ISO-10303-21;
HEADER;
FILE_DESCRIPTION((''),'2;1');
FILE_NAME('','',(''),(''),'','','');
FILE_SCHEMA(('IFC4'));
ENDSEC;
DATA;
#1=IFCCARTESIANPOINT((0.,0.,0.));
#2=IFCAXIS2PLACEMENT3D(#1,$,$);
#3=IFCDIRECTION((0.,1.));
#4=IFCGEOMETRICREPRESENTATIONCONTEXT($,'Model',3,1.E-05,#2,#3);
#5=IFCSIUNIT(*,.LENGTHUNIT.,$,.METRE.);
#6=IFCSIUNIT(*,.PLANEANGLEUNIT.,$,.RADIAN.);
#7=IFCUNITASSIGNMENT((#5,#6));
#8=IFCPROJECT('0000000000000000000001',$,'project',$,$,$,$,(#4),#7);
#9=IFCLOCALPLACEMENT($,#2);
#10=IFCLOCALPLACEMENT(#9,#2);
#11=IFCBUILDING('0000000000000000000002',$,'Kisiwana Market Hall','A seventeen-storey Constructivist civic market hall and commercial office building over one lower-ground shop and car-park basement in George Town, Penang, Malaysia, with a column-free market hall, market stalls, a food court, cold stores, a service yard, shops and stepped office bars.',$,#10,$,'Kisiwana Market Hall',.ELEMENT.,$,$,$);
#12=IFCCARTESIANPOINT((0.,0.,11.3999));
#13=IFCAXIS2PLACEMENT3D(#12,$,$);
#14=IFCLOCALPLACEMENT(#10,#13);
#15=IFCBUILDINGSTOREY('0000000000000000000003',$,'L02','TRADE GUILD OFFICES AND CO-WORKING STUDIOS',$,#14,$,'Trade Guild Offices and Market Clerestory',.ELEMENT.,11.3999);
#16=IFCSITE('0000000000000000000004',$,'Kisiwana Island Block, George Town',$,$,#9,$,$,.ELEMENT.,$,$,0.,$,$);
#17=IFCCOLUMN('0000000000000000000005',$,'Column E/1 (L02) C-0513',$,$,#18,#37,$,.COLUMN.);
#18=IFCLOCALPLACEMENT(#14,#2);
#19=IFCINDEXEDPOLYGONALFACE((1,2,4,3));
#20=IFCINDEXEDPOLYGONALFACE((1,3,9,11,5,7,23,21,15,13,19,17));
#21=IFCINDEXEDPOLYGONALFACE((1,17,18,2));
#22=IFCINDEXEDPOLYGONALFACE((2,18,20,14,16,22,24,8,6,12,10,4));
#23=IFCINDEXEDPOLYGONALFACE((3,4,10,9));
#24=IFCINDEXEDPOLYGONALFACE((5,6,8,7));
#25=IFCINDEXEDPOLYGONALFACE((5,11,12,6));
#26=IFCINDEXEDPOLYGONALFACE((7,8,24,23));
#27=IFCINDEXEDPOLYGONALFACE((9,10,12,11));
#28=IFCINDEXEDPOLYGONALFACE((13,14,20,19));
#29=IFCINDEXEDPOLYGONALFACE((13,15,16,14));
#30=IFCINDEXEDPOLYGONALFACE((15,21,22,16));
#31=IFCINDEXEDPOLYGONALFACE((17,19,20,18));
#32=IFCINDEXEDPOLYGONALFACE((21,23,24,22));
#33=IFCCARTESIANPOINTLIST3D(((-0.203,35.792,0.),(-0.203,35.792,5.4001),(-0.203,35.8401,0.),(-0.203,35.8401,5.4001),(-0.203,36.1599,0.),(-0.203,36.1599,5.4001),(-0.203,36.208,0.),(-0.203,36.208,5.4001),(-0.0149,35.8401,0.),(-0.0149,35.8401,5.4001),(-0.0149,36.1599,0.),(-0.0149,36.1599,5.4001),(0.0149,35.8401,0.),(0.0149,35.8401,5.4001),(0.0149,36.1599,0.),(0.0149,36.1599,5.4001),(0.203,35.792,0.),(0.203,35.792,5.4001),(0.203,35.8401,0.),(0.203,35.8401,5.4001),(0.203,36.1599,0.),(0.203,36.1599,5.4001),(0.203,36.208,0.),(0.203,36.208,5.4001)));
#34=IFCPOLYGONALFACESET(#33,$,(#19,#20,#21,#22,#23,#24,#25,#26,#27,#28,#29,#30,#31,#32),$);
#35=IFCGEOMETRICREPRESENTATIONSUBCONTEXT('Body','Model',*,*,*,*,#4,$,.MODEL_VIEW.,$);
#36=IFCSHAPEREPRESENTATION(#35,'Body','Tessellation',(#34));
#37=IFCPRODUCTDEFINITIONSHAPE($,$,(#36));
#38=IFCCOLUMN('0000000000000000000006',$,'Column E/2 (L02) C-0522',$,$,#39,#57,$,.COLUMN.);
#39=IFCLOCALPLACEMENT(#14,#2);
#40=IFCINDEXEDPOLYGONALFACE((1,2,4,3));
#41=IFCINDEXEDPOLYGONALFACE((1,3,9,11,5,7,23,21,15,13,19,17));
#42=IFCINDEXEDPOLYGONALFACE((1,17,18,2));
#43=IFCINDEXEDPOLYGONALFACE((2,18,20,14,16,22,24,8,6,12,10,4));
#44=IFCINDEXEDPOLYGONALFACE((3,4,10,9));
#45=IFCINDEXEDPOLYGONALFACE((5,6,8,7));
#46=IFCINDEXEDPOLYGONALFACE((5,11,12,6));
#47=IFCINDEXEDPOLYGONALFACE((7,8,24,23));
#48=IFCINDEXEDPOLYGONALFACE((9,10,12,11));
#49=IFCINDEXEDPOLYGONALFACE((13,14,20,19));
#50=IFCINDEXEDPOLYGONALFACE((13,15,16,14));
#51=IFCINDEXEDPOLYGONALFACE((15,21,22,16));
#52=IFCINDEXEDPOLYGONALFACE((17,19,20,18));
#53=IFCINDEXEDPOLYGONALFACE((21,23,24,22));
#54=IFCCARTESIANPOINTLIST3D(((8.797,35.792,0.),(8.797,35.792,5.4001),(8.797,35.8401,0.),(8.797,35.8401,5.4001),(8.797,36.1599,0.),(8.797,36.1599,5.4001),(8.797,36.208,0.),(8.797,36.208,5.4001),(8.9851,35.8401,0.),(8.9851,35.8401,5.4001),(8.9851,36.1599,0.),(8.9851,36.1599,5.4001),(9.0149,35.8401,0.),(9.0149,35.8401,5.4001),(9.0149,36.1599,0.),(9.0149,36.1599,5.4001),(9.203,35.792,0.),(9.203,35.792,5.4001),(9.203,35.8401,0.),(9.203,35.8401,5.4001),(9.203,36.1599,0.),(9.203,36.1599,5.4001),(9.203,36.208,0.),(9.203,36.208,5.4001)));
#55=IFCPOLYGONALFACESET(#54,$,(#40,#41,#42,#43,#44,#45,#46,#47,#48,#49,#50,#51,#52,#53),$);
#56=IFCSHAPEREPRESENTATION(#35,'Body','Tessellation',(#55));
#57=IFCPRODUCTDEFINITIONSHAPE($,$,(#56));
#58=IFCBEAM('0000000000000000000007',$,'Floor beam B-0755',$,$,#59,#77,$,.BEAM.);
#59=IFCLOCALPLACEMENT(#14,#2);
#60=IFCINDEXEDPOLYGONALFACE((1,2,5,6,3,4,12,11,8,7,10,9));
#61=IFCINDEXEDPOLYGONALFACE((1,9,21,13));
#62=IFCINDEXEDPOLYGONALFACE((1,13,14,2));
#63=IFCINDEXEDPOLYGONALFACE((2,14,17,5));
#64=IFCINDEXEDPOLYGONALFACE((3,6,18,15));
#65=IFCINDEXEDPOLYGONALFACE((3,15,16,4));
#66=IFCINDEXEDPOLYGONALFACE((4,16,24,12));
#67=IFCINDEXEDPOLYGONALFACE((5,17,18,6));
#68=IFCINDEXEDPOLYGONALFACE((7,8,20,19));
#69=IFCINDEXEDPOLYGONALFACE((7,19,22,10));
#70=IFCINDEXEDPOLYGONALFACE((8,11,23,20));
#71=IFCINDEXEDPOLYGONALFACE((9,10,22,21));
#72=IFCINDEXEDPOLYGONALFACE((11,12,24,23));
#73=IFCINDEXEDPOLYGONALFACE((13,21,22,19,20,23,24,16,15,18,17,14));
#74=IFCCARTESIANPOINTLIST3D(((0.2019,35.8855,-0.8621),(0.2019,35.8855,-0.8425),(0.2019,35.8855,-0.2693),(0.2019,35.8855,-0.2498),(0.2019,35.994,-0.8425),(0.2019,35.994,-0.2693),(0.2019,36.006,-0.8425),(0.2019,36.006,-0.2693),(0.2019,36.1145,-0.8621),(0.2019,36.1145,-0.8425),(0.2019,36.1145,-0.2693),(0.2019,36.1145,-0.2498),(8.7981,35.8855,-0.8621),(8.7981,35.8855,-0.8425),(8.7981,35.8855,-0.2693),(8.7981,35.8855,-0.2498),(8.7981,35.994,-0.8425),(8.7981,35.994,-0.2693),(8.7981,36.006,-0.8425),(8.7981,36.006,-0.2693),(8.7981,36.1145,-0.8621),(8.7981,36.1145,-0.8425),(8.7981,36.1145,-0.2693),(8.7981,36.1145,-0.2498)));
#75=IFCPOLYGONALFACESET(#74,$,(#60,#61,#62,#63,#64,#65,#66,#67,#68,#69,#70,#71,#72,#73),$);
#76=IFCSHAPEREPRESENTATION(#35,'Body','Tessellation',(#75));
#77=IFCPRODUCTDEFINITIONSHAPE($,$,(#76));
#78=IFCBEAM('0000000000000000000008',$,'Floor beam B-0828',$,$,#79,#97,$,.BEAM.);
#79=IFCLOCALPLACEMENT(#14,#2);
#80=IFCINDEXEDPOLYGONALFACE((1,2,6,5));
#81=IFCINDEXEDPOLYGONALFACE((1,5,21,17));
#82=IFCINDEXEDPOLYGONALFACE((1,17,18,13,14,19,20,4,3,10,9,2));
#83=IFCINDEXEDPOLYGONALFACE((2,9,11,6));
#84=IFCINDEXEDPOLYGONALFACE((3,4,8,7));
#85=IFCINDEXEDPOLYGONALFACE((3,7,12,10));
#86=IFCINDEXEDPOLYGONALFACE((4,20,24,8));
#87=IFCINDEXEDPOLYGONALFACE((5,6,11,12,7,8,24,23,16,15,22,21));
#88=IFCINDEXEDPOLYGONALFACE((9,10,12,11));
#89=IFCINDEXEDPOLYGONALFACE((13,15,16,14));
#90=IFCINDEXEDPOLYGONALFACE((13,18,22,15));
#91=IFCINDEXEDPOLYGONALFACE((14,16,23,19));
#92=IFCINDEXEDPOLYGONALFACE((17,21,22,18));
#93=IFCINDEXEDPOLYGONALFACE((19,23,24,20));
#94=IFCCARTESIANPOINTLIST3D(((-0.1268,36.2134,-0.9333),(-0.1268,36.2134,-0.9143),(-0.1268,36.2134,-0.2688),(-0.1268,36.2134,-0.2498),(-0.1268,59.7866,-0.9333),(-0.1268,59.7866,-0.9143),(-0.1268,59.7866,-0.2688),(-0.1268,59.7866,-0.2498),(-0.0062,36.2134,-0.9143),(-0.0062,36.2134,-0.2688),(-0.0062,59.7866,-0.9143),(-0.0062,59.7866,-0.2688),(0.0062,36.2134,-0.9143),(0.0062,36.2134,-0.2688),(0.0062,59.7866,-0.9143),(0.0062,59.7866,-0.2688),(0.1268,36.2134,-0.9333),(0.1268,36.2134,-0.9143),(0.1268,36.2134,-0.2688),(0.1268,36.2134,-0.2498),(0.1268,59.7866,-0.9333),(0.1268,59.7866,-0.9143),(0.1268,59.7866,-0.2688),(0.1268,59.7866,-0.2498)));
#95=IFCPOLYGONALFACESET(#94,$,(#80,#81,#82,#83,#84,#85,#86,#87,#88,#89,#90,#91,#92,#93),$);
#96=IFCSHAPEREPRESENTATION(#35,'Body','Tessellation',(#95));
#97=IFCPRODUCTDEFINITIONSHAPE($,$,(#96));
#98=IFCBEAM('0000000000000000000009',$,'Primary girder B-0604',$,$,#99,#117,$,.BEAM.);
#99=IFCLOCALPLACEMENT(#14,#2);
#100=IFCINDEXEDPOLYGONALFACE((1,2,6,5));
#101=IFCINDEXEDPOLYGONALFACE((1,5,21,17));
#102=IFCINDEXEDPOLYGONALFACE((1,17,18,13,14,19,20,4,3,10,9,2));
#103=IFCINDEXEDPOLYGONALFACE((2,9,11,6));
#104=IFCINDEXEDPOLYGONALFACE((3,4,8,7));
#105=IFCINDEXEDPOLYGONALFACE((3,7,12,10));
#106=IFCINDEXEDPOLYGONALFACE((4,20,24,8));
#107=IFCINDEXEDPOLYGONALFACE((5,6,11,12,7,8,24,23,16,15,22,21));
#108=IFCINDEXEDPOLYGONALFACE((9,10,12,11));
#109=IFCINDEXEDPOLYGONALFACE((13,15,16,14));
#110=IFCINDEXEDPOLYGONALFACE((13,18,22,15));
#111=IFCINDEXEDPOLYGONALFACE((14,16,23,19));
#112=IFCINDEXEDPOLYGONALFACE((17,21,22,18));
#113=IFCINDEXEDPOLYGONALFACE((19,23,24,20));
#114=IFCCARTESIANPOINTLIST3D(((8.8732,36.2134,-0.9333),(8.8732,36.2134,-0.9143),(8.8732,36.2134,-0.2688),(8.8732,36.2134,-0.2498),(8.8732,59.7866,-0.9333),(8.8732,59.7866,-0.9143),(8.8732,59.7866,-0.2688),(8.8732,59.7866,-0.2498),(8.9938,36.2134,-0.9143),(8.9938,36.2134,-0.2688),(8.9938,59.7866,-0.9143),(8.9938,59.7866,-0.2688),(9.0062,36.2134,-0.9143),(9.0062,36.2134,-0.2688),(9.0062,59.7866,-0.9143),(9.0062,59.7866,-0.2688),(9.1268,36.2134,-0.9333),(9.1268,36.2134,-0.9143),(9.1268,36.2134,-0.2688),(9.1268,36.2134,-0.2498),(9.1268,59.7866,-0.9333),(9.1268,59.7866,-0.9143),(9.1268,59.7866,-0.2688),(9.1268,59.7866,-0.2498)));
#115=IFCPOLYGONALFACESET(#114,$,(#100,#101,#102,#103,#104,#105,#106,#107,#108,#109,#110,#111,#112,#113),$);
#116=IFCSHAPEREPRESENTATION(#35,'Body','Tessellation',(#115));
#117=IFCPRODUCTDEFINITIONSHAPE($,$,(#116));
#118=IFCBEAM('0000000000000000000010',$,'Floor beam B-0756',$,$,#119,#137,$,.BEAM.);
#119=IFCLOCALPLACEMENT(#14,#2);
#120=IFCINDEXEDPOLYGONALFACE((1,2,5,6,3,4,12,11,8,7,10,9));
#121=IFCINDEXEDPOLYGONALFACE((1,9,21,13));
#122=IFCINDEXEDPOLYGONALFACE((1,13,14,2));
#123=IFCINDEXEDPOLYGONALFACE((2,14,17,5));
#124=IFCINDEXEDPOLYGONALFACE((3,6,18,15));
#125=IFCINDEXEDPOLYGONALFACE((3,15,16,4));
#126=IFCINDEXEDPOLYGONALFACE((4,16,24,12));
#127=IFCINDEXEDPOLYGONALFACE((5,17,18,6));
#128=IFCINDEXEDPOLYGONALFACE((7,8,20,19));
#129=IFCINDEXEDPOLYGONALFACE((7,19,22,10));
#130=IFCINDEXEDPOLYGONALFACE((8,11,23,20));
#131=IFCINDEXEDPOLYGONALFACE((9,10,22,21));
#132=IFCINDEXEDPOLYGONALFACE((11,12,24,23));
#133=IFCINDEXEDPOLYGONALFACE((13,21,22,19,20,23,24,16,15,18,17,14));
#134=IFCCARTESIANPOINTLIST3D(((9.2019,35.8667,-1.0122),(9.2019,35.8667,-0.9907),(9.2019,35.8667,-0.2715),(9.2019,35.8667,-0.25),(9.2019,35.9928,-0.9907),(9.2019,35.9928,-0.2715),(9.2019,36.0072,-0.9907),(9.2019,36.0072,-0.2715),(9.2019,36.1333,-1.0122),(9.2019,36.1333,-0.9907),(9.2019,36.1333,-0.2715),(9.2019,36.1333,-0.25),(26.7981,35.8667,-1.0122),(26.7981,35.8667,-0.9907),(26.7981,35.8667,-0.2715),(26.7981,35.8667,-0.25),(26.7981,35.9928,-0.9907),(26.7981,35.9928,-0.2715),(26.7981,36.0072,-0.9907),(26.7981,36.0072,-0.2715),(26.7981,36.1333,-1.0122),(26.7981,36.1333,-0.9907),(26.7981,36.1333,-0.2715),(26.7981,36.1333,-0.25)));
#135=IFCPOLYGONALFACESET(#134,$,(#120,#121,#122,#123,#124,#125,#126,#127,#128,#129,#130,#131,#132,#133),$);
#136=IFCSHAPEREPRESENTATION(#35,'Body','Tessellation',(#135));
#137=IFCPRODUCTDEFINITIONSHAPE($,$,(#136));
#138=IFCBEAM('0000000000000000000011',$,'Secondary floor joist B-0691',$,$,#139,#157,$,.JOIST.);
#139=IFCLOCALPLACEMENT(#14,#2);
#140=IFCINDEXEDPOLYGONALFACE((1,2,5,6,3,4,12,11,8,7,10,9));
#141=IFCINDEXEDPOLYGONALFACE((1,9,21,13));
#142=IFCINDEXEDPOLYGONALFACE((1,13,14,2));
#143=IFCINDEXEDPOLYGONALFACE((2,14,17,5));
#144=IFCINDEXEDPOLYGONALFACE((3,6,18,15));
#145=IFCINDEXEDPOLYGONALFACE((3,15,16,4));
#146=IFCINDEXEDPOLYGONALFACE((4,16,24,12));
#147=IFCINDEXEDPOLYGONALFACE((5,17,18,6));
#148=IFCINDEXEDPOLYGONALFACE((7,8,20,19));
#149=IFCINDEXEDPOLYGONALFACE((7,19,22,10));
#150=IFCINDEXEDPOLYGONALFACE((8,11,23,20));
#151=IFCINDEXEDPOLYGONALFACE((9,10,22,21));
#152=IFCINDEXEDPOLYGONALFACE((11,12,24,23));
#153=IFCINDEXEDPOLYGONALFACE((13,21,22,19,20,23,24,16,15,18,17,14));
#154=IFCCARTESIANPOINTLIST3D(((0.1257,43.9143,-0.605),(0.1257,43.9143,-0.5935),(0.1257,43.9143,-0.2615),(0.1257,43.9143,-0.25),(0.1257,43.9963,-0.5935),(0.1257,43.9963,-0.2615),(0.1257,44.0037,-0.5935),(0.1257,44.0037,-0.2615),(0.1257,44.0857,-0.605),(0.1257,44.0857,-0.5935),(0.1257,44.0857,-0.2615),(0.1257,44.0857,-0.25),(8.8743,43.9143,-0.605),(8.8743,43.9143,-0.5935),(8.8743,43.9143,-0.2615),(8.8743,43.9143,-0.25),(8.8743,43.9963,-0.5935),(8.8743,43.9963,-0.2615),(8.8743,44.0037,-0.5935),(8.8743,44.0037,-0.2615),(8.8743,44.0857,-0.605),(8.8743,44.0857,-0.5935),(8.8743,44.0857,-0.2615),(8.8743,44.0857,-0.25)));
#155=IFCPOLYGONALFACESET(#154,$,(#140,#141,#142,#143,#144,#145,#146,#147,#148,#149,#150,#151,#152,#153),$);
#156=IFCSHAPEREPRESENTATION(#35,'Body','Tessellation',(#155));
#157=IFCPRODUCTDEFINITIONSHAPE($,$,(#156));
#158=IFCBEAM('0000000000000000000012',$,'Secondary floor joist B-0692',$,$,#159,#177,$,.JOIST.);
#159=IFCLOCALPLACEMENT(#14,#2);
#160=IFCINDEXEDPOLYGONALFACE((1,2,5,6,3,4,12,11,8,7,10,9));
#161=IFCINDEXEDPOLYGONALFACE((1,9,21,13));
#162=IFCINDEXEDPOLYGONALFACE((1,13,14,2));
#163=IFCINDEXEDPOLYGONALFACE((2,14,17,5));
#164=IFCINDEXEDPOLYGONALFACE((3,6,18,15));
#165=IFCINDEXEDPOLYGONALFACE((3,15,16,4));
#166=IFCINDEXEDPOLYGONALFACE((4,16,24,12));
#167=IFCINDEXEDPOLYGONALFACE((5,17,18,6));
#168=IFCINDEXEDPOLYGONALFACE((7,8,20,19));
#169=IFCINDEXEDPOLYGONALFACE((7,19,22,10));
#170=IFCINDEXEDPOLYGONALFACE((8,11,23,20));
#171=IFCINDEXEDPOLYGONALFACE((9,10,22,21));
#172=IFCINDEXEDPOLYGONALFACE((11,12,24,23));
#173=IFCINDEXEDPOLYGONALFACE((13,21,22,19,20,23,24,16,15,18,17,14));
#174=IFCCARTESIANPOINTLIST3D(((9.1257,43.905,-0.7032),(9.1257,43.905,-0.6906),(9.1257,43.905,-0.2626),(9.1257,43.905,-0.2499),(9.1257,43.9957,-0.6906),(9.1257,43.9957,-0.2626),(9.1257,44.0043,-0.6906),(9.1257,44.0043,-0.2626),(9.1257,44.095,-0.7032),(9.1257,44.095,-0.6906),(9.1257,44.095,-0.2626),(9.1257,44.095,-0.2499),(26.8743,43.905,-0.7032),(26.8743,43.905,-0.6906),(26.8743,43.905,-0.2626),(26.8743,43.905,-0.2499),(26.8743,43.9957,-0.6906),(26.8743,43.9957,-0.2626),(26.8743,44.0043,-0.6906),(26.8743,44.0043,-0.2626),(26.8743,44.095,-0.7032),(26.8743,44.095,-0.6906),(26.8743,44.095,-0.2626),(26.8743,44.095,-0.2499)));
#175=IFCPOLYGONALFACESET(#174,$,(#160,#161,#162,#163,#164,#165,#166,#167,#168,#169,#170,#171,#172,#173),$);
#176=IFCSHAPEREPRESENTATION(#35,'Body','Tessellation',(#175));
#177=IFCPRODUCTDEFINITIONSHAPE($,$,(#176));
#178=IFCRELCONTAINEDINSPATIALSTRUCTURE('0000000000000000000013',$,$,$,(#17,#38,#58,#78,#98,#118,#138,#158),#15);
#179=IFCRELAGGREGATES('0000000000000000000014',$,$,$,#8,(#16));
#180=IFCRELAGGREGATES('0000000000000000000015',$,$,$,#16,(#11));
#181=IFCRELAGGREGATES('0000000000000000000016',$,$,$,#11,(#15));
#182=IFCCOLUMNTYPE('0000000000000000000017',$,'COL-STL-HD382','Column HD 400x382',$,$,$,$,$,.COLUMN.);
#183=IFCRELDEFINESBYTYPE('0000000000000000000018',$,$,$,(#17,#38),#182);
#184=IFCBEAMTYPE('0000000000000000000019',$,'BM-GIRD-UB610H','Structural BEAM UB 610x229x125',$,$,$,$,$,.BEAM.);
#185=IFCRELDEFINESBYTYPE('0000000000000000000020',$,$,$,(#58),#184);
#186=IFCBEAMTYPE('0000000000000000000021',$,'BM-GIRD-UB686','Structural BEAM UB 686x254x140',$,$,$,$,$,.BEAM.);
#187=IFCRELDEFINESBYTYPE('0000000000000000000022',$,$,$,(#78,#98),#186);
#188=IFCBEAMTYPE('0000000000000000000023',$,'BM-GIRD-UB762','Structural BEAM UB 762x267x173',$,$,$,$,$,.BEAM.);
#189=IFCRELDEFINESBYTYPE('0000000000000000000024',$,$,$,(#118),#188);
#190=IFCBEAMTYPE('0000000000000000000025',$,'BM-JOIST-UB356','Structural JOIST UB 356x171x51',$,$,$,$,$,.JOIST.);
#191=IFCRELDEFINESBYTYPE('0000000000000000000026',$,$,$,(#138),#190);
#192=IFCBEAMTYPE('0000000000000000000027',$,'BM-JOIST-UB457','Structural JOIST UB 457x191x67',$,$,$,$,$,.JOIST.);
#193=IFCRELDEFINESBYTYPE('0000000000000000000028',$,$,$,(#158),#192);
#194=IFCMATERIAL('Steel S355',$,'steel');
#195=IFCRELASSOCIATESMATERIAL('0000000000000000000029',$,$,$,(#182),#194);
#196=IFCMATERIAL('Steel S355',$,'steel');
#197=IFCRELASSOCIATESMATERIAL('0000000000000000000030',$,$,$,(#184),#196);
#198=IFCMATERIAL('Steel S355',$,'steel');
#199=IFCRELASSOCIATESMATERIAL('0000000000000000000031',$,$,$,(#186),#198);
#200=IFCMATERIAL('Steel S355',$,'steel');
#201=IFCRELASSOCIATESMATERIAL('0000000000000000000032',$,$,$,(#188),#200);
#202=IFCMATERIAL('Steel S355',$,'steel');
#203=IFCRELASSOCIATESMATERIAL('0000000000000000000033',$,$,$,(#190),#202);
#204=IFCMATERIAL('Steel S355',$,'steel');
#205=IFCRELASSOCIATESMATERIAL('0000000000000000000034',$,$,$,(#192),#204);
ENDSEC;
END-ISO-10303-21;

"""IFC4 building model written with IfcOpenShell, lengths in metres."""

from ifc_helpers import new_model, si_unit, direction, frame, origin, origin_2d, place, context, subcontext, project, spatial, i_section, extrude, material, material_profile, profile_set, type_object, element, save


model = new_model("IFC4")

# Units and contexts
model_context = context("Model", 3, precision=1e-05, world=origin(), true_north=direction((0.0, 1.0)))
body_context = subcontext(model_context, "Body", "Model", "MODEL_VIEW")
ifc_project = project(units=[si_unit("LENGTHUNIT", "METRE"), si_unit("PLANEANGLEUNIT", "RADIAN")], contexts=[model_context])

# Site, building, storey
site_placement = place(None, origin())
site = spatial("IfcSite", under=ifc_project, at=site_placement, Name="Kisiwana Island Block, George Town", CompositionType="ELEMENT", RefElevation=0.0)
building_placement = place(site_placement, origin())
building = spatial("IfcBuilding", under=site, at=building_placement, Name="Kisiwana Market Hall", Description="A seventeen-storey Constructivist civic market hall and commercial office building over one lower-ground shop and car-park basement in George Town, Penang, Malaysia, with a column-free market hall, market stalls, a food court, cold stores, a service yard, shops and stepped office bars.", LongName="Kisiwana Market Hall", CompositionType="ELEMENT")
storey_placement = place(building_placement, frame((0.0, 0.0, 11.3999)))
storey = spatial("IfcBuildingStorey", under=building, at=storey_placement, Name="L02", Description="TRADE GUILD OFFICES AND CO-WORKING STUDIOS", LongName="Trade Guild Offices and Market Clerestory", CompositionType="ELEMENT", Elevation=11.3999)

# Columns
ifc_material_1 = material(Name="Steel S355", Category="steel")
ifc_material_profile_1 = material_profile(ifc_material_1, i_section(OverallWidth=0.406, OverallDepth=0.416, WebThickness=0.0298, FlangeThickness=0.0481, at=origin_2d()), Name="HD 400x382")
ifc_profile_set_1 = profile_set([ifc_material_profile_1], Name="Steel S355")
column_type = type_object("IfcColumnType", Name="COL-STL-HD382", Description="Column HD 400x382", PredefinedType="COLUMN", material=ifc_profile_set_1)
for number, where, z_axis, x_axis, name in (
    (1, (0.0, 36.0, 0.0), (0.0, 0.0, 1.0), (1.0, 0.0, 0.0), "Column E/1 (L02) C-0513"),
    (2, (9.0, 36.0, 0.0), (0.0, 0.0, 1.0), (1.0, 0.0, 0.0), "Column E/2 (L02) C-0522"),
):
    element("IfcColumn", number, at=place(storey_placement, frame(where, z_axis=z_axis, x_axis=x_axis)), inside=storey, type_object=column_type, Name=name, PredefinedType="COLUMN", context=body_context, shape_type="SweptSolid", body=[
        extrude(i_section(OverallWidth=0.406, OverallDepth=0.416, WebThickness=0.0298, FlangeThickness=0.0481, at=origin_2d()), origin(), (0.0, 0.0, 1.0), 5.4001),
    ])

# Beams
ifc_material_2 = material(Name="Steel S355", Category="steel")
ifc_material_profile_2 = material_profile(ifc_material_2, i_section(OverallWidth=0.229, OverallDepth=0.6123, WebThickness=0.012, FlangeThickness=0.0195, at=origin_2d()), Name="UB 610x229x125")
ifc_profile_set_2 = profile_set([ifc_material_profile_2], Name="Steel S355")
beam_type_1 = type_object("IfcBeamType", Name="BM-GIRD-UB610H", Description="Structural BEAM UB 610x229x125", PredefinedType="BEAM", material=ifc_profile_set_2)
beam_1_placement = place(storey_placement, frame((0.2019, 36.0, -0.5559), z_axis=(1.0, 0.0, 0.0), x_axis=(0.0, 1.0, 0.0)))
element("IfcBeam", 3, at=beam_1_placement, inside=storey, type_object=beam_type_1, Name="Floor beam B-0755", PredefinedType="BEAM", context=body_context, shape_type="SweptSolid", body=[
    extrude(i_section(OverallWidth=0.229, OverallDepth=0.6123, WebThickness=0.012, FlangeThickness=0.0195, at=origin_2d()), origin(), (0.0, 0.0, 1.0), 8.5962),
])
ifc_material_3 = material(Name="Steel S355", Category="steel")
ifc_material_profile_3 = material_profile(ifc_material_3, i_section(OverallWidth=0.2537, OverallDepth=0.6836, WebThickness=0.0125, FlangeThickness=0.019, at=origin_2d()), Name="UB 686x254x140")
ifc_profile_set_3 = profile_set([ifc_material_profile_3], Name="Steel S355")
beam_type_2 = type_object("IfcBeamType", Name="BM-GIRD-UB686", Description="Structural BEAM UB 686x254x140", PredefinedType="BEAM", material=ifc_profile_set_3)
for number, where, z_axis, x_axis, name in (
    (4, (0.0, 36.2134, -0.5916), (0.0, 1.0, 0.0), (-1.0, 0.0, 0.0), "Floor beam B-0828"),
    (5, (9.0, 36.2134, -0.5916), (0.0, 1.0, 0.0), (-1.0, 0.0, 0.0), "Primary girder B-0604"),
):
    element("IfcBeam", number, at=place(storey_placement, frame(where, z_axis=z_axis, x_axis=x_axis)), inside=storey, type_object=beam_type_2, Name=name, PredefinedType="BEAM", context=body_context, shape_type="SweptSolid", body=[
        extrude(i_section(OverallWidth=0.2537, OverallDepth=0.6836, WebThickness=0.0125, FlangeThickness=0.019, at=origin_2d()), origin(), (0.0, 0.0, 1.0), 23.5732),
    ])
ifc_material_4 = material(Name="Steel S355", Category="steel")
ifc_material_profile_4 = material_profile(ifc_material_4, i_section(OverallWidth=0.2666, OverallDepth=0.7622, WebThickness=0.0144, FlangeThickness=0.0215, at=origin_2d()), Name="UB 762x267x173")
ifc_profile_set_4 = profile_set([ifc_material_profile_4], Name="Steel S355")
beam_type_3 = type_object("IfcBeamType", Name="BM-GIRD-UB762", Description="Structural BEAM UB 762x267x173", PredefinedType="BEAM", material=ifc_profile_set_4)
beam_2_placement = place(storey_placement, frame((9.2019, 36.0, -0.6311), z_axis=(1.0, 0.0, 0.0), x_axis=(0.0, 1.0, 0.0)))
element("IfcBeam", 6, at=beam_2_placement, inside=storey, type_object=beam_type_3, Name="Floor beam B-0756", PredefinedType="BEAM", context=body_context, shape_type="SweptSolid", body=[
    extrude(i_section(OverallWidth=0.2666, OverallDepth=0.7622, WebThickness=0.0144, FlangeThickness=0.0215, at=origin_2d()), origin(), (0.0, 0.0, 1.0), 17.5962),
])
ifc_material_5 = material(Name="Steel S355", Category="steel")
ifc_material_profile_5 = material_profile(ifc_material_5, i_section(OverallWidth=0.1714, OverallDepth=0.355, WebThickness=0.0073, FlangeThickness=0.0115, at=origin_2d()), Name="UB 356x171x51")
ifc_profile_set_5 = profile_set([ifc_material_profile_5], Name="Steel S355")
beam_type_4 = type_object("IfcBeamType", Name="BM-JOIST-UB356", Description="Structural JOIST UB 356x171x51", PredefinedType="JOIST", material=ifc_profile_set_5)
beam_3_placement = place(storey_placement, frame((0.1257, 44.0, -0.4275), z_axis=(1.0, 0.0, 0.0), x_axis=(0.0, 1.0, 0.0)))
element("IfcBeam", 7, at=beam_3_placement, inside=storey, type_object=beam_type_4, Name="Secondary floor joist B-0691", PredefinedType="JOIST", context=body_context, shape_type="SweptSolid", body=[
    extrude(i_section(OverallWidth=0.1714, OverallDepth=0.355, WebThickness=0.0073, FlangeThickness=0.0115, at=origin_2d()), origin(), (0.0, 0.0, 1.0), 8.7485),
])
ifc_material_6 = material(Name="Steel S355", Category="steel")
ifc_material_profile_6 = material_profile(ifc_material_6, i_section(OverallWidth=0.1899, OverallDepth=0.4534, WebThickness=0.0085, FlangeThickness=0.0127, at=origin_2d()), Name="UB 457x191x67")
ifc_profile_set_6 = profile_set([ifc_material_profile_6], Name="Steel S355")
beam_type_5 = type_object("IfcBeamType", Name="BM-JOIST-UB457", Description="Structural JOIST UB 457x191x67", PredefinedType="JOIST", material=ifc_profile_set_6)
beam_4_placement = place(storey_placement, frame((9.1257, 44.0, -0.4766), z_axis=(1.0, 0.0, 0.0), x_axis=(0.0, 1.0, 0.0)))
element("IfcBeam", 8, at=beam_4_placement, inside=storey, type_object=beam_type_5, Name="Secondary floor joist B-0692", PredefinedType="JOIST", context=body_context, shape_type="SweptSolid", body=[
    extrude(i_section(OverallWidth=0.1899, OverallDepth=0.4534, WebThickness=0.0085, FlangeThickness=0.0127, at=origin_2d()), origin(), (0.0, 0.0, 1.0), 17.7485),
])

save(model, "model.ifc")
